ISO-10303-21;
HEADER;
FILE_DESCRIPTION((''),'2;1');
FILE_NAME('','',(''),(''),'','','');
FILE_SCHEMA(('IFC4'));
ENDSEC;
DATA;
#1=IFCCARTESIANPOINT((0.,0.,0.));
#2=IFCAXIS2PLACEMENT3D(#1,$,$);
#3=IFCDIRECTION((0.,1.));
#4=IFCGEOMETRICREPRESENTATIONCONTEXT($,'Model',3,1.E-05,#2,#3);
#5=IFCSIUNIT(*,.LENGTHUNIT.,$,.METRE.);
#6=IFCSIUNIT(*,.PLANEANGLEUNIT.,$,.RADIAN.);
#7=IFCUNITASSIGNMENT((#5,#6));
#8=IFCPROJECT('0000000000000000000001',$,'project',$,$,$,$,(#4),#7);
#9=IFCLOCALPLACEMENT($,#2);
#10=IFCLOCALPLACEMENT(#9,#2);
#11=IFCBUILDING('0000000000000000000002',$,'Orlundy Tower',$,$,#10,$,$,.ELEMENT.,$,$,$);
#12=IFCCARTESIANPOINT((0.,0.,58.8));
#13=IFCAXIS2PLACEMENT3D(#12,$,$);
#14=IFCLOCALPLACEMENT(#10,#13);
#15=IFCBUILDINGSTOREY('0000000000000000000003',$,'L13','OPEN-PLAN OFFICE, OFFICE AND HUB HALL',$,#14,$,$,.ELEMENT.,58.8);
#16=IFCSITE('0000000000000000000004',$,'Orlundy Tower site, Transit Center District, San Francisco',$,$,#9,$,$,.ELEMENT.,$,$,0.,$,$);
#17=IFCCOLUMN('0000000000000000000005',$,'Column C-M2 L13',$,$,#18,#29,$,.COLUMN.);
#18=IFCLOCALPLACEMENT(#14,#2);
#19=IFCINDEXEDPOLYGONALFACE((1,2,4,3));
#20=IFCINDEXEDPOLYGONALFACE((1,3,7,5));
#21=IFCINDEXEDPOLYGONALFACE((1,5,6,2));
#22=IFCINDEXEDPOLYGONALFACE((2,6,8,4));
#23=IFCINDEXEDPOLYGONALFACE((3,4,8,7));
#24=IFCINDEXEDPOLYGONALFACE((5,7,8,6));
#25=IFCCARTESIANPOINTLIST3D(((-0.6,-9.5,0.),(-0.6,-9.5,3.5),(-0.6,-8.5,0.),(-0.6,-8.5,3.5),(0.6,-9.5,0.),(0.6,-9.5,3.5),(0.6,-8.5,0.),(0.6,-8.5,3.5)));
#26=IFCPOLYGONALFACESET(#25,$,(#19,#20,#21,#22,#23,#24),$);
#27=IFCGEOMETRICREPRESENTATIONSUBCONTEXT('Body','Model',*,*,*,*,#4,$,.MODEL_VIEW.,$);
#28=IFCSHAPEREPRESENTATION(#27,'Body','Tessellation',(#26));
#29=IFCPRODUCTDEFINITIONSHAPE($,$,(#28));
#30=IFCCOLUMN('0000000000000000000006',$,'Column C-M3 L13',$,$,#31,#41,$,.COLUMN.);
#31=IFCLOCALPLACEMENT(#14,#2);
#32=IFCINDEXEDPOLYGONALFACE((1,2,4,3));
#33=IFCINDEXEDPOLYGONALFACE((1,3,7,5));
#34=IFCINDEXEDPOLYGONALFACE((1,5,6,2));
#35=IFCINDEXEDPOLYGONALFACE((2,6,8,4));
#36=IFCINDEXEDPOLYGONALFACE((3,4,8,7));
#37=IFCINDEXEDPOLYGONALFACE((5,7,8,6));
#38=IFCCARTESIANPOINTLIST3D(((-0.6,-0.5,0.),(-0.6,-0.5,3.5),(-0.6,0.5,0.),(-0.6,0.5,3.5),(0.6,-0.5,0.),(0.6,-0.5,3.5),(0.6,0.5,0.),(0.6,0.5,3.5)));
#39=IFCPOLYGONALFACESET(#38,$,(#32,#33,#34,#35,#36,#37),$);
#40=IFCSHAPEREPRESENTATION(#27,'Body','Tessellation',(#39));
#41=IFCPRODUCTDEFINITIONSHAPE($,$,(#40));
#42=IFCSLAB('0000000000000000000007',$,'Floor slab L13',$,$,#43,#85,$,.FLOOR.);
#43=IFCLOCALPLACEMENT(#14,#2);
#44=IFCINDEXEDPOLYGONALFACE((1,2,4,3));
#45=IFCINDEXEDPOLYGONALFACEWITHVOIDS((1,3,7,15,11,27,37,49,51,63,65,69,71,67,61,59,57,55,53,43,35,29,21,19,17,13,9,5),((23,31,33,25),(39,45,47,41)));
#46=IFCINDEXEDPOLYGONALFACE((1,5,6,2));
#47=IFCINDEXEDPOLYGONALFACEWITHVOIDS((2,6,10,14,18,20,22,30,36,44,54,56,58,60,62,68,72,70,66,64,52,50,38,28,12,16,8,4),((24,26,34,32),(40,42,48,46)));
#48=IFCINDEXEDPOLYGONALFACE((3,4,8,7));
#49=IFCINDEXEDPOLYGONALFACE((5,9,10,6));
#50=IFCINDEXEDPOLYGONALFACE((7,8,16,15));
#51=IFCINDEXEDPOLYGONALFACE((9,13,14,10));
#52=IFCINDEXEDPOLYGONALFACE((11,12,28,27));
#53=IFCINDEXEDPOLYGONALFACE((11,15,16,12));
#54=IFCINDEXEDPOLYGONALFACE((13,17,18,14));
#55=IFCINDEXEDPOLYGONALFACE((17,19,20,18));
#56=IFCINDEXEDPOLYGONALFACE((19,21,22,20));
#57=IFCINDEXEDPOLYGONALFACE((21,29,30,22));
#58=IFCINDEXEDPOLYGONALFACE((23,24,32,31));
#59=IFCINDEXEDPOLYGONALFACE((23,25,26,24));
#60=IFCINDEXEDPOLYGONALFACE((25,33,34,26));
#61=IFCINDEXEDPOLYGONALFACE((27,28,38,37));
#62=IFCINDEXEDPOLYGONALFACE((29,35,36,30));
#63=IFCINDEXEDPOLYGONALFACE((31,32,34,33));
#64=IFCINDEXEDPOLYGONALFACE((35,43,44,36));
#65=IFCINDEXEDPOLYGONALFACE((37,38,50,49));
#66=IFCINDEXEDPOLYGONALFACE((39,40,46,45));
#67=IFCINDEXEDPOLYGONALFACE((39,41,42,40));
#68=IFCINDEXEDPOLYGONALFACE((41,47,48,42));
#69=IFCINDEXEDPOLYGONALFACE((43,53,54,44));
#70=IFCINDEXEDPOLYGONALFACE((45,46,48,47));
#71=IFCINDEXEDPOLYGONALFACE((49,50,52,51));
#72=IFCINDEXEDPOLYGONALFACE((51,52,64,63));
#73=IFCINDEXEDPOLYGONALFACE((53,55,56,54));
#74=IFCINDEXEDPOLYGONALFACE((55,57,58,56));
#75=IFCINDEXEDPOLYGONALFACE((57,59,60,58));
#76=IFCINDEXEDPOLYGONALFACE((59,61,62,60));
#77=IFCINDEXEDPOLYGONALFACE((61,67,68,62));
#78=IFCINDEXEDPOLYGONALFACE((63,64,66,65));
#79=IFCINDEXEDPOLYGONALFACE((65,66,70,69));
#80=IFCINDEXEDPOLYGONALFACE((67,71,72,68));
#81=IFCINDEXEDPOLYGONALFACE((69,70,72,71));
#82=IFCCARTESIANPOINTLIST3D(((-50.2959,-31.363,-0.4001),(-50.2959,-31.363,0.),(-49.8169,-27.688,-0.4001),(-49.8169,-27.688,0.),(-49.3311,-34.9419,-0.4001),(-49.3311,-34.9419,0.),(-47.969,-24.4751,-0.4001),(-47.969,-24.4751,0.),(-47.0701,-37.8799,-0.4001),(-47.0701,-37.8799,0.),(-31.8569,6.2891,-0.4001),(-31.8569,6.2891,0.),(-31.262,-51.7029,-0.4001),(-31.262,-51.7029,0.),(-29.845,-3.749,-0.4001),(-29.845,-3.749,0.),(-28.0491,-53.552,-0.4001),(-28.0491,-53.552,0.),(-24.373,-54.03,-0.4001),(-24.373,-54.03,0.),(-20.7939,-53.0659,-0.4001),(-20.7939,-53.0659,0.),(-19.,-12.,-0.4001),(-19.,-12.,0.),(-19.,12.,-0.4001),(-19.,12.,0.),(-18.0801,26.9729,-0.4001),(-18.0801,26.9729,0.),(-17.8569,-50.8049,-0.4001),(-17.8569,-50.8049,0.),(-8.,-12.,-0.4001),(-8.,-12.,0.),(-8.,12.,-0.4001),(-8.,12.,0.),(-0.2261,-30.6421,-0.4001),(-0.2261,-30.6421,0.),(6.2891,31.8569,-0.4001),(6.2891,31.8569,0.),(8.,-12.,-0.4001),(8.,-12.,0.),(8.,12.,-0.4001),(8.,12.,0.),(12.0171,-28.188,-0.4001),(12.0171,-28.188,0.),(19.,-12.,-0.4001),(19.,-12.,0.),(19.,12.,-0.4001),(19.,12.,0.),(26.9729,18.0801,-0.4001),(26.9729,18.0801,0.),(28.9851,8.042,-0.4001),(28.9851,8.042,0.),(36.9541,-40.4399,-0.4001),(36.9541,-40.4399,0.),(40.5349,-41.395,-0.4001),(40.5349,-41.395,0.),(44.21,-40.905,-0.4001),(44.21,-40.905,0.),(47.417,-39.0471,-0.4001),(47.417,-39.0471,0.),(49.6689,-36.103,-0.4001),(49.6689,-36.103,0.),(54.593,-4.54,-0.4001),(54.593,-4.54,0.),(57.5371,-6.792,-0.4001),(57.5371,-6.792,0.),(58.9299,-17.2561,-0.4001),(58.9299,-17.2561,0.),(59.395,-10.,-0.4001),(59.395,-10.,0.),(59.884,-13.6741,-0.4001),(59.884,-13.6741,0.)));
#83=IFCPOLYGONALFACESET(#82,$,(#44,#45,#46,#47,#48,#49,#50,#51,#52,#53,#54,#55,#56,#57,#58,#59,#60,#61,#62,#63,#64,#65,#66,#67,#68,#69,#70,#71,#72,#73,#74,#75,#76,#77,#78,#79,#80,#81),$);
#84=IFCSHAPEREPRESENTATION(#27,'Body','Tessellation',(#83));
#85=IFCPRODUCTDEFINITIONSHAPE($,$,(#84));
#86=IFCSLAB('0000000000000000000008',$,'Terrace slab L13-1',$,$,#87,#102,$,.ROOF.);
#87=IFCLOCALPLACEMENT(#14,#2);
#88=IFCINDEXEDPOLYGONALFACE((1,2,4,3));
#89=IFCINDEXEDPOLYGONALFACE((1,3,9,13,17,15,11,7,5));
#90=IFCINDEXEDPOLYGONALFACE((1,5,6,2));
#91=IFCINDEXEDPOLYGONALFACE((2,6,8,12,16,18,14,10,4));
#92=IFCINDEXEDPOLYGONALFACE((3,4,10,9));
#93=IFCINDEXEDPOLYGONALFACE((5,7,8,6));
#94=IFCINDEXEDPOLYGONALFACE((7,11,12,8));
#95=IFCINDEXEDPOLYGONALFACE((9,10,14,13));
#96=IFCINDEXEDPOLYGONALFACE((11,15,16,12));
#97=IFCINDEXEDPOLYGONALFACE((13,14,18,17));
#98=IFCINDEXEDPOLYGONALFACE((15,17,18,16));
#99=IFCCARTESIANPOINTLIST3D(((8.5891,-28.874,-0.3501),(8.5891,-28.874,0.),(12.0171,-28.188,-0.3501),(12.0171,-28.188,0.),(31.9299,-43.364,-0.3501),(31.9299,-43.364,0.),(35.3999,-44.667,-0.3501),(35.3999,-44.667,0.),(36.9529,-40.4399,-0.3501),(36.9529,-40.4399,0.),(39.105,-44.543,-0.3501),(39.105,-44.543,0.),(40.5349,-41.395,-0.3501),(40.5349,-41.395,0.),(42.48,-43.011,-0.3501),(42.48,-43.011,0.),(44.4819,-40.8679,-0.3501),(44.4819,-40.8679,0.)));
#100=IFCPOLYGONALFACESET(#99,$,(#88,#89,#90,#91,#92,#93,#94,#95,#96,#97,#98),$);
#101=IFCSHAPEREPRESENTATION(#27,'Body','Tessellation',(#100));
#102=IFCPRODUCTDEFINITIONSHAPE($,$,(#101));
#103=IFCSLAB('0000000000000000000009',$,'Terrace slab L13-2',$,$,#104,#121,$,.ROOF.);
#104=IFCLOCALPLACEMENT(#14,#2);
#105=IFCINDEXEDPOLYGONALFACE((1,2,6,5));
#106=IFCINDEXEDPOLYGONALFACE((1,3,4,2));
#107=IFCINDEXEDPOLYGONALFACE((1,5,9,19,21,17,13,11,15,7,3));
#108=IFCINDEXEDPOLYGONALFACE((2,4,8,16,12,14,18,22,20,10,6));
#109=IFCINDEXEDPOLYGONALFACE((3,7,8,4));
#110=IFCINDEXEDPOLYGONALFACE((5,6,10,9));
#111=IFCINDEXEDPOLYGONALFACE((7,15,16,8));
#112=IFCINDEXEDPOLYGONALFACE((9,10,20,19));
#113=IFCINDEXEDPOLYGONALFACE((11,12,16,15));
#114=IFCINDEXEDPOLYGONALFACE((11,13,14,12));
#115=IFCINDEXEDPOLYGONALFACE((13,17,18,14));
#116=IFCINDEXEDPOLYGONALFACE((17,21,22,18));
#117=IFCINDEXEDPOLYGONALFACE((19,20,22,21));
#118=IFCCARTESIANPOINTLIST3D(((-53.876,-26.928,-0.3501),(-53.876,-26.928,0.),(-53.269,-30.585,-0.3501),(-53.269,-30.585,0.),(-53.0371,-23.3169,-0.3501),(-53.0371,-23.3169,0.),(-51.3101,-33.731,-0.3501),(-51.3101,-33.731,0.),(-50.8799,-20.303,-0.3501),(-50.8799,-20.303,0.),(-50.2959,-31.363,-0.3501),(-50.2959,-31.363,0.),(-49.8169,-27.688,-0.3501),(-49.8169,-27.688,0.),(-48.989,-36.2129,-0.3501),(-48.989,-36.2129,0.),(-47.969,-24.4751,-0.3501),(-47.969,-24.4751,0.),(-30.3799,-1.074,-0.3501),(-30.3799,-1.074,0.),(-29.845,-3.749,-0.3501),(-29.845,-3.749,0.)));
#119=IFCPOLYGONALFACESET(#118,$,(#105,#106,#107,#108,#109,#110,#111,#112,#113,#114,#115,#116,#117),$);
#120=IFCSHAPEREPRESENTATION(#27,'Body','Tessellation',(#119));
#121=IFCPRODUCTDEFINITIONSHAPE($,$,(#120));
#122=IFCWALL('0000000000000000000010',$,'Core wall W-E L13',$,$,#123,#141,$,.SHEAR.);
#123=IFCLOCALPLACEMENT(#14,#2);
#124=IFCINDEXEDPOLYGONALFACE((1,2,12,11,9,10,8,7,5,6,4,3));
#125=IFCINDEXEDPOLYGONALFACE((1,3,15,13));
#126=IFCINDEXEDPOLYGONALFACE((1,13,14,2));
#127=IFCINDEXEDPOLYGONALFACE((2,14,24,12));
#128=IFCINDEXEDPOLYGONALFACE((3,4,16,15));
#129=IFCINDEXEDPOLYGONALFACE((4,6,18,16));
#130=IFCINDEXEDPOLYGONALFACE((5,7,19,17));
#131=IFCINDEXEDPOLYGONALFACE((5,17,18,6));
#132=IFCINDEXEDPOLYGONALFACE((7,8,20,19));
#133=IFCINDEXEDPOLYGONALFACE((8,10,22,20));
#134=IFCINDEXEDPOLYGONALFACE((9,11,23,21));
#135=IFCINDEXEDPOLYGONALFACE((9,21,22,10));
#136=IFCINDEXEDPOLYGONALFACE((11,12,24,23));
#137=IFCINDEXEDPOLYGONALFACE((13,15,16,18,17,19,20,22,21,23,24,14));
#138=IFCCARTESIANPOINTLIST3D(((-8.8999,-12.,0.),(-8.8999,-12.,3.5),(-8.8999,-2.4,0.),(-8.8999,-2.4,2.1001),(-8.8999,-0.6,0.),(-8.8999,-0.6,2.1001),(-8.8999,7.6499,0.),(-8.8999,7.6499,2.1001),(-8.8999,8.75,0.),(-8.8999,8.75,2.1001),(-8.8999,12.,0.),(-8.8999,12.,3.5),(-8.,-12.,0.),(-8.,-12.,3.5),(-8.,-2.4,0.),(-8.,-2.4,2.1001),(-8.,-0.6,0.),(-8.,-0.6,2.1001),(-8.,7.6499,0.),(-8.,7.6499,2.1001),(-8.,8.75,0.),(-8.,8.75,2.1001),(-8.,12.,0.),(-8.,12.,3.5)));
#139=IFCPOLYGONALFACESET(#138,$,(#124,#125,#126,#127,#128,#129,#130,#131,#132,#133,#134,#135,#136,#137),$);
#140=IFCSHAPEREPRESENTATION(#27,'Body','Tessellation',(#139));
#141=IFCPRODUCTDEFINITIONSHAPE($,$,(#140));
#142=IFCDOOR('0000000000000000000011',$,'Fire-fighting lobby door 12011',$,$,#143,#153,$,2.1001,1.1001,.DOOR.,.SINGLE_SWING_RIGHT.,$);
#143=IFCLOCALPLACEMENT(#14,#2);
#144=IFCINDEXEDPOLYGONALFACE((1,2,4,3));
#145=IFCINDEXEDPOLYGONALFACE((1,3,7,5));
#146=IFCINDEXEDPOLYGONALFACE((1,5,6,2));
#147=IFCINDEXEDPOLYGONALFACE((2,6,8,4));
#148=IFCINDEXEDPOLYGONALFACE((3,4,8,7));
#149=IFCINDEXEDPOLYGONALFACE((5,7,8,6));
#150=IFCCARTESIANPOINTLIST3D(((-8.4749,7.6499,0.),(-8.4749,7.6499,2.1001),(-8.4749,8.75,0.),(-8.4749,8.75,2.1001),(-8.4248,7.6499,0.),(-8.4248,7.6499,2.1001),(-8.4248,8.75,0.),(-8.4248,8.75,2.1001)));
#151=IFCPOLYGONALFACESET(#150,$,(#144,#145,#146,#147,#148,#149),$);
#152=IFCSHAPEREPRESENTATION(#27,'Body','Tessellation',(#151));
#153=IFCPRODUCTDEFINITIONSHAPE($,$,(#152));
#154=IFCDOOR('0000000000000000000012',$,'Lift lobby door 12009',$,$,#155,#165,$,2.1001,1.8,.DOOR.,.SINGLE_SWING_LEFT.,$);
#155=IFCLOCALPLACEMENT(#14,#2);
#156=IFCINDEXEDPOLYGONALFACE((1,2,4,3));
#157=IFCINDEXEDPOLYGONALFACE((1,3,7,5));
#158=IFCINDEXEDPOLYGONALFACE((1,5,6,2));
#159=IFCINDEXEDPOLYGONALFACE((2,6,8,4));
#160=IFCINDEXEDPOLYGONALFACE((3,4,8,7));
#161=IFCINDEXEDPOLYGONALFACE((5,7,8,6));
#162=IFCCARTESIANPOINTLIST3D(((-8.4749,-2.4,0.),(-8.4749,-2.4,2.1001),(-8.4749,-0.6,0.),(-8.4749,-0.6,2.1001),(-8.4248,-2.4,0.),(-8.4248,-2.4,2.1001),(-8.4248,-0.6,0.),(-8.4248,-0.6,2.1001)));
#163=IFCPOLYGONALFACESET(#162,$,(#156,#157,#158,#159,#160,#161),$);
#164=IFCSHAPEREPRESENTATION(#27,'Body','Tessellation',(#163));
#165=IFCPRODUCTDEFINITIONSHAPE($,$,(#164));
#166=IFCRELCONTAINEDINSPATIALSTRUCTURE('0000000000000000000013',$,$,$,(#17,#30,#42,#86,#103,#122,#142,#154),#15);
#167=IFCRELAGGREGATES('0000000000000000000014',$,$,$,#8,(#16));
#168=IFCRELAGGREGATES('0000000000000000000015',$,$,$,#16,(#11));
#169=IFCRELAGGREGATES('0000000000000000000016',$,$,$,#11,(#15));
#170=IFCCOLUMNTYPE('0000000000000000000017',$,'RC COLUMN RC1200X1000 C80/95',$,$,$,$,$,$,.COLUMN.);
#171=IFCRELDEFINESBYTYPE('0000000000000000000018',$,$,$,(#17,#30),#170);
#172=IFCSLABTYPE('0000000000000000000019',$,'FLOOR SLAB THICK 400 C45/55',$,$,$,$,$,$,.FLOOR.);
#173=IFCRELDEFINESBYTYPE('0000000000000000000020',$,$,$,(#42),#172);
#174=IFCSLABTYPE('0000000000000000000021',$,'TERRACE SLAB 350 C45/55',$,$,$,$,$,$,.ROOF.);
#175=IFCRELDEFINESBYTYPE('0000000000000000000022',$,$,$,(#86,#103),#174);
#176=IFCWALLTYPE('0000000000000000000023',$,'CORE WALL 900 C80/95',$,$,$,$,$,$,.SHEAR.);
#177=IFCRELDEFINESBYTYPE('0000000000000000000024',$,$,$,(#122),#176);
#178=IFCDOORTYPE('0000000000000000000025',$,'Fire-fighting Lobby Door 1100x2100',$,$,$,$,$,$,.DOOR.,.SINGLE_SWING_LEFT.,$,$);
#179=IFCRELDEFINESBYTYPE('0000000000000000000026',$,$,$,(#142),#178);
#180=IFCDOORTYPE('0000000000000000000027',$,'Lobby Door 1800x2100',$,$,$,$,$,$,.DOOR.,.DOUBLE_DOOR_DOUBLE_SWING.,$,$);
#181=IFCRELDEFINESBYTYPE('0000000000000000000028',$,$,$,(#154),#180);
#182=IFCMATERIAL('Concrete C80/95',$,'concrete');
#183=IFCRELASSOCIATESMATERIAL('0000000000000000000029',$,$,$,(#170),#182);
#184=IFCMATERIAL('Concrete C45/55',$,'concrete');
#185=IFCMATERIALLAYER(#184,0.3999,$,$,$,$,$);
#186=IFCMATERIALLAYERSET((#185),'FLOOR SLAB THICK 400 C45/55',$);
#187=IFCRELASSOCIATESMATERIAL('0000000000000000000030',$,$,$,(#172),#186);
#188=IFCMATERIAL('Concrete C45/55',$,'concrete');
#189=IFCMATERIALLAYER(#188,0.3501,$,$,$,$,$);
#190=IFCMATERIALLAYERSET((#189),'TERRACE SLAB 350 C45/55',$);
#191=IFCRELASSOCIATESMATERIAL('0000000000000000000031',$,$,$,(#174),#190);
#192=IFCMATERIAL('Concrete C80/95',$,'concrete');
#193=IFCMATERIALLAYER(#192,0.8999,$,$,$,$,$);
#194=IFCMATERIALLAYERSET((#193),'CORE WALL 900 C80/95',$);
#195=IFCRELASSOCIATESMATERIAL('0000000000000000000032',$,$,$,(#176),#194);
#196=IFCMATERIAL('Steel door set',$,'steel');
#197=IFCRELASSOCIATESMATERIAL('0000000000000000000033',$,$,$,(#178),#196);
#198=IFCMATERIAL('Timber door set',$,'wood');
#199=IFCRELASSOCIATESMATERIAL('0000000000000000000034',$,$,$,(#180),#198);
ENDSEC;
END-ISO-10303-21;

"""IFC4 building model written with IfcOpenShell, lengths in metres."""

from ifc_helpers import new_model, si_unit, direction, frame, frame_2d, origin, origin_2d, place, context, subcontext, project, spatial, polyline, rectangle, outline, extrude, material, layer, layer_set, material_profile, profile_set, type_object, element, fill, save


model = new_model("IFC4")

# Units and contexts
model_context = context("Model", 3, precision=1e-05, world=origin(), true_north=direction((0.0, 1.0)))
body_context = subcontext(model_context, "Body", "Model", "MODEL_VIEW")
ifc_project = project(units=[si_unit("LENGTHUNIT", "METRE"), si_unit("PLANEANGLEUNIT", "RADIAN")], contexts=[model_context])

# Site, building, storey
site_placement = place(None, origin())
site = spatial("IfcSite", under=ifc_project, at=site_placement, Name="Orlundy Tower site, Transit Center District, San Francisco", CompositionType="ELEMENT", RefElevation=0.0)
building_placement = place(site_placement, origin())
building = spatial("IfcBuilding", under=site, at=building_placement, Name="Orlundy Tower", CompositionType="ELEMENT")
storey_placement = place(building_placement, frame((0.0, 0.0, 58.8)))
storey = spatial("IfcBuildingStorey", under=building, at=storey_placement, Name="L13", Description="OPEN-PLAN OFFICE, OFFICE AND HUB HALL", CompositionType="ELEMENT", Elevation=58.8)

# Columns
ifc_material_1 = material(Name="Concrete C80/95", Category="concrete")
ifc_material_profile = material_profile(ifc_material_1, rectangle(XDim=1.2, YDim=1.0, at=origin_2d()), Name="RC1200X1000")
ifc_profile_set = profile_set([ifc_material_profile], Name="Concrete C80/95")
column_type = type_object("IfcColumnType", Name="RC COLUMN RC1200X1000 C80/95", PredefinedType="COLUMN", material=ifc_profile_set)
for number, where, z_axis, x_axis, name in (
    (1, (0.0, -9.0, 0.0), (0.0, 0.0, 1.0), (1.0, 0.0, 0.0), "Column C-M2 L13"),
    (2, (0.0, 0.0, 0.0), (0.0, 0.0, 1.0), (1.0, 0.0, 0.0), "Column C-M3 L13"),
):
    element("IfcColumn", number, at=place(storey_placement, frame(where, z_axis=z_axis, x_axis=x_axis)), inside=storey, type_object=column_type, Name=name, PredefinedType="COLUMN", context=body_context, shape_type="SweptSolid", body=[
        extrude(rectangle(XDim=1.2, YDim=1.0, at=origin_2d()), origin(), (0.0, 0.0, 1.0), 3.5),
    ])

# Slabs
ifc_material_2 = material(Name="Concrete C45/55", Category="concrete")
ifc_layer_1 = layer(ifc_material_2, 0.3999)
ifc_layer_set_1 = layer_set([ifc_layer_1], Name="FLOOR SLAB THICK 400 C45/55")
slab_type_1 = type_object("IfcSlabType", Name="FLOOR SLAB THICK 400 C45/55", PredefinedType="FLOOR", material=ifc_layer_set_1)
slab_1_placement = place(storey_placement, frame((0.0, 0.0, -0.4001)))
element("IfcSlab", 3, at=slab_1_placement, inside=storey, type_object=slab_type_1, Name="Floor slab L13", PredefinedType="FLOOR", context=body_context, shape_type="SweptSolid", body=[
    extrude(outline(polyline([(12.0171, -28.188), (-0.2261, -30.6421), (-17.8569, -50.8049), (-20.7939, -53.0659), (-24.373, -54.03), (-28.0491, -53.552), (-31.262, -51.7029), (-47.0701, -37.8799), (-49.3311, -34.9419), (-50.2959, -31.363), (-49.8169, -27.688), (-47.969, -24.4751), (-29.845, -3.749), (-31.8569, 6.2891), (-18.0801, 26.9729), (6.2891, 31.8569), (26.9729, 18.0801), (28.9851, 8.042), (54.593, -4.54), (57.5371, -6.792), (59.395, -10.0), (59.884, -13.6741), (58.9299, -17.2561), (49.6689, -36.103), (47.417, -39.0471), (44.21, -40.905), (40.5349, -41.395), (36.9541, -40.4399), (12.0171, -28.188)]), holes=[polyline([(-8.0, -12.0), (-8.0, 12.0), (-19.0, 12.0), (-19.0, -12.0), (-8.0, -12.0)]), polyline([(19.0, -12.0), (19.0, 12.0), (8.0, 12.0), (8.0, -12.0), (19.0, -12.0)])]), origin(), (0.0, 0.0, 1.0), 0.4001),
])
ifc_material_3 = material(Name="Concrete C45/55", Category="concrete")
ifc_layer_2 = layer(ifc_material_3, 0.3501)
ifc_layer_set_2 = layer_set([ifc_layer_2], Name="TERRACE SLAB 350 C45/55")
slab_type_2 = type_object("IfcSlabType", Name="TERRACE SLAB 350 C45/55", PredefinedType="ROOF", material=ifc_layer_set_2)
slab_2_placement = place(storey_placement, frame((0.0, 0.0, -0.3501)))
element("IfcSlab", 4, at=slab_2_placement, inside=storey, type_object=slab_type_2, Name="Terrace slab L13-1", PredefinedType="ROOF", context=body_context, shape_type="SweptSolid", body=[
    extrude(outline(polyline([(8.5891, -28.874), (12.0171, -28.188), (36.9529, -40.4399), (40.5349, -41.395), (44.4819, -40.8679), (42.48, -43.011), (39.105, -44.543), (35.3999, -44.667), (31.9299, -43.364), (8.5891, -28.874)])), origin(), (0.0, 0.0, 1.0), 0.3501),
])
slab_3_placement = place(storey_placement, frame((0.0, 0.0, -0.3501)))
element("IfcSlab", 5, at=slab_3_placement, inside=storey, type_object=slab_type_2, Name="Terrace slab L13-2", PredefinedType="ROOF", context=body_context, shape_type="SweptSolid", body=[
    extrude(outline(polyline([(-48.989, -36.2129), (-51.3101, -33.731), (-53.269, -30.585), (-53.876, -26.928), (-53.0371, -23.3169), (-50.8799, -20.303), (-30.3799, -1.074), (-29.845, -3.749), (-47.969, -24.4751), (-49.8169, -27.688), (-50.2959, -31.363), (-48.989, -36.2129)])), origin(), (0.0, 0.0, 1.0), 0.3501),
])

# Wall, openings, doors
ifc_material_4 = material(Name="Concrete C80/95", Category="concrete")
ifc_layer_3 = layer(ifc_material_4, 0.8999)
ifc_layer_set_3 = layer_set([ifc_layer_3], Name="CORE WALL 900 C80/95")
wall_type_1 = type_object("IfcWallType", Name="CORE WALL 900 C80/95", PredefinedType="SHEAR", material=ifc_layer_set_3)
wall_1_placement = place(storey_placement, frame((-8.45, -12.0, 0.0), z_axis=(0.0, 0.0, 1.0), x_axis=(0.0, 1.0, 0.0)))
wall_1 = element("IfcWall", 6, at=wall_1_placement, inside=storey, type_object=wall_type_1, Name="Core wall W-E L13", PredefinedType="SHEAR", context=body_context, shape_type="SweptSolid", body=[
    extrude(rectangle(XDim=24.0, YDim=0.8999, at=frame_2d((12.0, 0.0))), origin(), (0.0, 0.0, 1.0), 3.5),
])
opening_1_placement = place(wall_1_placement, frame((9.6001, 0.0, 0.0)))
opening_1 = element("IfcOpeningElement", 7, at=opening_1_placement, cuts=wall_1, PredefinedType="OPENING", context=body_context, shape_type="SweptSolid", body=[
    extrude(rectangle(XDim=1.8, YDim=2.1001, at=frame_2d((0.8999, 1.05))), frame((0.0, 0.46, 0.0), z_axis=(0.0, -1.0, 0.0), x_axis=(1.0, 0.0, 0.0)), (0.0, 0.0, 1.0), 0.9199),
])
opening_2_placement = place(wall_1_placement, frame((19.6499, 0.0, 0.0)))
opening_2 = element("IfcOpeningElement", 8, at=opening_2_placement, cuts=wall_1, PredefinedType="OPENING", context=body_context, shape_type="SweptSolid", body=[
    extrude(rectangle(XDim=1.1001, YDim=2.1001, at=frame_2d((0.55, 1.05))), frame((0.0, 0.46, 0.0), z_axis=(0.0, -1.0, 0.0), x_axis=(1.0, 0.0, 0.0)), (0.0, 0.0, 1.0), 0.9199),
])
ifc_material_5 = material(Name="Steel door set", Category="steel")
door_type_1 = type_object("IfcDoorType", Name="Fire-fighting Lobby Door 1100x2100", OperationType="SINGLE_SWING_LEFT", PredefinedType="DOOR", material=ifc_material_5)
door_1_placement = place(opening_2_placement, origin())
door_1 = element("IfcDoor", 9, at=door_1_placement, inside=storey, type_object=door_type_1, Name="Fire-fighting lobby door 12011", OperationType="SINGLE_SWING_RIGHT", OverallHeight=2.1001, OverallWidth=1.1001, PredefinedType="DOOR", context=body_context, shape_type="SweptSolid", body=[
    extrude(rectangle(XDim=1.1001, YDim=2.1001, at=frame_2d((0.55, 1.05))), frame((0.0, 0.0249, 0.0), z_axis=(0.0, -1.0, 0.0), x_axis=(1.0, 0.0, 0.0)), (0.0, 0.0, 1.0), 0.05),
])
fill(opening_2, door_1)
ifc_material_6 = material(Name="Timber door set", Category="wood")
door_type_2 = type_object("IfcDoorType", Name="Lobby Door 1800x2100", OperationType="DOUBLE_DOOR_DOUBLE_SWING", PredefinedType="DOOR", material=ifc_material_6)
door_2_placement = place(opening_1_placement, origin())
door_2 = element("IfcDoor", 10, at=door_2_placement, inside=storey, type_object=door_type_2, Name="Lift lobby door 12009", OperationType="SINGLE_SWING_LEFT", OverallHeight=2.1001, OverallWidth=1.8, PredefinedType="DOOR", context=body_context, shape_type="SweptSolid", body=[
    extrude(rectangle(XDim=1.8, YDim=2.1001, at=frame_2d((0.8999, 1.05))), frame((0.0, 0.0249, 0.0), z_axis=(0.0, -1.0, 0.0), x_axis=(1.0, 0.0, 0.0)), (0.0, 0.0, 1.0), 0.05),
])
fill(opening_1, door_2)

save(model, "model.ifc")
